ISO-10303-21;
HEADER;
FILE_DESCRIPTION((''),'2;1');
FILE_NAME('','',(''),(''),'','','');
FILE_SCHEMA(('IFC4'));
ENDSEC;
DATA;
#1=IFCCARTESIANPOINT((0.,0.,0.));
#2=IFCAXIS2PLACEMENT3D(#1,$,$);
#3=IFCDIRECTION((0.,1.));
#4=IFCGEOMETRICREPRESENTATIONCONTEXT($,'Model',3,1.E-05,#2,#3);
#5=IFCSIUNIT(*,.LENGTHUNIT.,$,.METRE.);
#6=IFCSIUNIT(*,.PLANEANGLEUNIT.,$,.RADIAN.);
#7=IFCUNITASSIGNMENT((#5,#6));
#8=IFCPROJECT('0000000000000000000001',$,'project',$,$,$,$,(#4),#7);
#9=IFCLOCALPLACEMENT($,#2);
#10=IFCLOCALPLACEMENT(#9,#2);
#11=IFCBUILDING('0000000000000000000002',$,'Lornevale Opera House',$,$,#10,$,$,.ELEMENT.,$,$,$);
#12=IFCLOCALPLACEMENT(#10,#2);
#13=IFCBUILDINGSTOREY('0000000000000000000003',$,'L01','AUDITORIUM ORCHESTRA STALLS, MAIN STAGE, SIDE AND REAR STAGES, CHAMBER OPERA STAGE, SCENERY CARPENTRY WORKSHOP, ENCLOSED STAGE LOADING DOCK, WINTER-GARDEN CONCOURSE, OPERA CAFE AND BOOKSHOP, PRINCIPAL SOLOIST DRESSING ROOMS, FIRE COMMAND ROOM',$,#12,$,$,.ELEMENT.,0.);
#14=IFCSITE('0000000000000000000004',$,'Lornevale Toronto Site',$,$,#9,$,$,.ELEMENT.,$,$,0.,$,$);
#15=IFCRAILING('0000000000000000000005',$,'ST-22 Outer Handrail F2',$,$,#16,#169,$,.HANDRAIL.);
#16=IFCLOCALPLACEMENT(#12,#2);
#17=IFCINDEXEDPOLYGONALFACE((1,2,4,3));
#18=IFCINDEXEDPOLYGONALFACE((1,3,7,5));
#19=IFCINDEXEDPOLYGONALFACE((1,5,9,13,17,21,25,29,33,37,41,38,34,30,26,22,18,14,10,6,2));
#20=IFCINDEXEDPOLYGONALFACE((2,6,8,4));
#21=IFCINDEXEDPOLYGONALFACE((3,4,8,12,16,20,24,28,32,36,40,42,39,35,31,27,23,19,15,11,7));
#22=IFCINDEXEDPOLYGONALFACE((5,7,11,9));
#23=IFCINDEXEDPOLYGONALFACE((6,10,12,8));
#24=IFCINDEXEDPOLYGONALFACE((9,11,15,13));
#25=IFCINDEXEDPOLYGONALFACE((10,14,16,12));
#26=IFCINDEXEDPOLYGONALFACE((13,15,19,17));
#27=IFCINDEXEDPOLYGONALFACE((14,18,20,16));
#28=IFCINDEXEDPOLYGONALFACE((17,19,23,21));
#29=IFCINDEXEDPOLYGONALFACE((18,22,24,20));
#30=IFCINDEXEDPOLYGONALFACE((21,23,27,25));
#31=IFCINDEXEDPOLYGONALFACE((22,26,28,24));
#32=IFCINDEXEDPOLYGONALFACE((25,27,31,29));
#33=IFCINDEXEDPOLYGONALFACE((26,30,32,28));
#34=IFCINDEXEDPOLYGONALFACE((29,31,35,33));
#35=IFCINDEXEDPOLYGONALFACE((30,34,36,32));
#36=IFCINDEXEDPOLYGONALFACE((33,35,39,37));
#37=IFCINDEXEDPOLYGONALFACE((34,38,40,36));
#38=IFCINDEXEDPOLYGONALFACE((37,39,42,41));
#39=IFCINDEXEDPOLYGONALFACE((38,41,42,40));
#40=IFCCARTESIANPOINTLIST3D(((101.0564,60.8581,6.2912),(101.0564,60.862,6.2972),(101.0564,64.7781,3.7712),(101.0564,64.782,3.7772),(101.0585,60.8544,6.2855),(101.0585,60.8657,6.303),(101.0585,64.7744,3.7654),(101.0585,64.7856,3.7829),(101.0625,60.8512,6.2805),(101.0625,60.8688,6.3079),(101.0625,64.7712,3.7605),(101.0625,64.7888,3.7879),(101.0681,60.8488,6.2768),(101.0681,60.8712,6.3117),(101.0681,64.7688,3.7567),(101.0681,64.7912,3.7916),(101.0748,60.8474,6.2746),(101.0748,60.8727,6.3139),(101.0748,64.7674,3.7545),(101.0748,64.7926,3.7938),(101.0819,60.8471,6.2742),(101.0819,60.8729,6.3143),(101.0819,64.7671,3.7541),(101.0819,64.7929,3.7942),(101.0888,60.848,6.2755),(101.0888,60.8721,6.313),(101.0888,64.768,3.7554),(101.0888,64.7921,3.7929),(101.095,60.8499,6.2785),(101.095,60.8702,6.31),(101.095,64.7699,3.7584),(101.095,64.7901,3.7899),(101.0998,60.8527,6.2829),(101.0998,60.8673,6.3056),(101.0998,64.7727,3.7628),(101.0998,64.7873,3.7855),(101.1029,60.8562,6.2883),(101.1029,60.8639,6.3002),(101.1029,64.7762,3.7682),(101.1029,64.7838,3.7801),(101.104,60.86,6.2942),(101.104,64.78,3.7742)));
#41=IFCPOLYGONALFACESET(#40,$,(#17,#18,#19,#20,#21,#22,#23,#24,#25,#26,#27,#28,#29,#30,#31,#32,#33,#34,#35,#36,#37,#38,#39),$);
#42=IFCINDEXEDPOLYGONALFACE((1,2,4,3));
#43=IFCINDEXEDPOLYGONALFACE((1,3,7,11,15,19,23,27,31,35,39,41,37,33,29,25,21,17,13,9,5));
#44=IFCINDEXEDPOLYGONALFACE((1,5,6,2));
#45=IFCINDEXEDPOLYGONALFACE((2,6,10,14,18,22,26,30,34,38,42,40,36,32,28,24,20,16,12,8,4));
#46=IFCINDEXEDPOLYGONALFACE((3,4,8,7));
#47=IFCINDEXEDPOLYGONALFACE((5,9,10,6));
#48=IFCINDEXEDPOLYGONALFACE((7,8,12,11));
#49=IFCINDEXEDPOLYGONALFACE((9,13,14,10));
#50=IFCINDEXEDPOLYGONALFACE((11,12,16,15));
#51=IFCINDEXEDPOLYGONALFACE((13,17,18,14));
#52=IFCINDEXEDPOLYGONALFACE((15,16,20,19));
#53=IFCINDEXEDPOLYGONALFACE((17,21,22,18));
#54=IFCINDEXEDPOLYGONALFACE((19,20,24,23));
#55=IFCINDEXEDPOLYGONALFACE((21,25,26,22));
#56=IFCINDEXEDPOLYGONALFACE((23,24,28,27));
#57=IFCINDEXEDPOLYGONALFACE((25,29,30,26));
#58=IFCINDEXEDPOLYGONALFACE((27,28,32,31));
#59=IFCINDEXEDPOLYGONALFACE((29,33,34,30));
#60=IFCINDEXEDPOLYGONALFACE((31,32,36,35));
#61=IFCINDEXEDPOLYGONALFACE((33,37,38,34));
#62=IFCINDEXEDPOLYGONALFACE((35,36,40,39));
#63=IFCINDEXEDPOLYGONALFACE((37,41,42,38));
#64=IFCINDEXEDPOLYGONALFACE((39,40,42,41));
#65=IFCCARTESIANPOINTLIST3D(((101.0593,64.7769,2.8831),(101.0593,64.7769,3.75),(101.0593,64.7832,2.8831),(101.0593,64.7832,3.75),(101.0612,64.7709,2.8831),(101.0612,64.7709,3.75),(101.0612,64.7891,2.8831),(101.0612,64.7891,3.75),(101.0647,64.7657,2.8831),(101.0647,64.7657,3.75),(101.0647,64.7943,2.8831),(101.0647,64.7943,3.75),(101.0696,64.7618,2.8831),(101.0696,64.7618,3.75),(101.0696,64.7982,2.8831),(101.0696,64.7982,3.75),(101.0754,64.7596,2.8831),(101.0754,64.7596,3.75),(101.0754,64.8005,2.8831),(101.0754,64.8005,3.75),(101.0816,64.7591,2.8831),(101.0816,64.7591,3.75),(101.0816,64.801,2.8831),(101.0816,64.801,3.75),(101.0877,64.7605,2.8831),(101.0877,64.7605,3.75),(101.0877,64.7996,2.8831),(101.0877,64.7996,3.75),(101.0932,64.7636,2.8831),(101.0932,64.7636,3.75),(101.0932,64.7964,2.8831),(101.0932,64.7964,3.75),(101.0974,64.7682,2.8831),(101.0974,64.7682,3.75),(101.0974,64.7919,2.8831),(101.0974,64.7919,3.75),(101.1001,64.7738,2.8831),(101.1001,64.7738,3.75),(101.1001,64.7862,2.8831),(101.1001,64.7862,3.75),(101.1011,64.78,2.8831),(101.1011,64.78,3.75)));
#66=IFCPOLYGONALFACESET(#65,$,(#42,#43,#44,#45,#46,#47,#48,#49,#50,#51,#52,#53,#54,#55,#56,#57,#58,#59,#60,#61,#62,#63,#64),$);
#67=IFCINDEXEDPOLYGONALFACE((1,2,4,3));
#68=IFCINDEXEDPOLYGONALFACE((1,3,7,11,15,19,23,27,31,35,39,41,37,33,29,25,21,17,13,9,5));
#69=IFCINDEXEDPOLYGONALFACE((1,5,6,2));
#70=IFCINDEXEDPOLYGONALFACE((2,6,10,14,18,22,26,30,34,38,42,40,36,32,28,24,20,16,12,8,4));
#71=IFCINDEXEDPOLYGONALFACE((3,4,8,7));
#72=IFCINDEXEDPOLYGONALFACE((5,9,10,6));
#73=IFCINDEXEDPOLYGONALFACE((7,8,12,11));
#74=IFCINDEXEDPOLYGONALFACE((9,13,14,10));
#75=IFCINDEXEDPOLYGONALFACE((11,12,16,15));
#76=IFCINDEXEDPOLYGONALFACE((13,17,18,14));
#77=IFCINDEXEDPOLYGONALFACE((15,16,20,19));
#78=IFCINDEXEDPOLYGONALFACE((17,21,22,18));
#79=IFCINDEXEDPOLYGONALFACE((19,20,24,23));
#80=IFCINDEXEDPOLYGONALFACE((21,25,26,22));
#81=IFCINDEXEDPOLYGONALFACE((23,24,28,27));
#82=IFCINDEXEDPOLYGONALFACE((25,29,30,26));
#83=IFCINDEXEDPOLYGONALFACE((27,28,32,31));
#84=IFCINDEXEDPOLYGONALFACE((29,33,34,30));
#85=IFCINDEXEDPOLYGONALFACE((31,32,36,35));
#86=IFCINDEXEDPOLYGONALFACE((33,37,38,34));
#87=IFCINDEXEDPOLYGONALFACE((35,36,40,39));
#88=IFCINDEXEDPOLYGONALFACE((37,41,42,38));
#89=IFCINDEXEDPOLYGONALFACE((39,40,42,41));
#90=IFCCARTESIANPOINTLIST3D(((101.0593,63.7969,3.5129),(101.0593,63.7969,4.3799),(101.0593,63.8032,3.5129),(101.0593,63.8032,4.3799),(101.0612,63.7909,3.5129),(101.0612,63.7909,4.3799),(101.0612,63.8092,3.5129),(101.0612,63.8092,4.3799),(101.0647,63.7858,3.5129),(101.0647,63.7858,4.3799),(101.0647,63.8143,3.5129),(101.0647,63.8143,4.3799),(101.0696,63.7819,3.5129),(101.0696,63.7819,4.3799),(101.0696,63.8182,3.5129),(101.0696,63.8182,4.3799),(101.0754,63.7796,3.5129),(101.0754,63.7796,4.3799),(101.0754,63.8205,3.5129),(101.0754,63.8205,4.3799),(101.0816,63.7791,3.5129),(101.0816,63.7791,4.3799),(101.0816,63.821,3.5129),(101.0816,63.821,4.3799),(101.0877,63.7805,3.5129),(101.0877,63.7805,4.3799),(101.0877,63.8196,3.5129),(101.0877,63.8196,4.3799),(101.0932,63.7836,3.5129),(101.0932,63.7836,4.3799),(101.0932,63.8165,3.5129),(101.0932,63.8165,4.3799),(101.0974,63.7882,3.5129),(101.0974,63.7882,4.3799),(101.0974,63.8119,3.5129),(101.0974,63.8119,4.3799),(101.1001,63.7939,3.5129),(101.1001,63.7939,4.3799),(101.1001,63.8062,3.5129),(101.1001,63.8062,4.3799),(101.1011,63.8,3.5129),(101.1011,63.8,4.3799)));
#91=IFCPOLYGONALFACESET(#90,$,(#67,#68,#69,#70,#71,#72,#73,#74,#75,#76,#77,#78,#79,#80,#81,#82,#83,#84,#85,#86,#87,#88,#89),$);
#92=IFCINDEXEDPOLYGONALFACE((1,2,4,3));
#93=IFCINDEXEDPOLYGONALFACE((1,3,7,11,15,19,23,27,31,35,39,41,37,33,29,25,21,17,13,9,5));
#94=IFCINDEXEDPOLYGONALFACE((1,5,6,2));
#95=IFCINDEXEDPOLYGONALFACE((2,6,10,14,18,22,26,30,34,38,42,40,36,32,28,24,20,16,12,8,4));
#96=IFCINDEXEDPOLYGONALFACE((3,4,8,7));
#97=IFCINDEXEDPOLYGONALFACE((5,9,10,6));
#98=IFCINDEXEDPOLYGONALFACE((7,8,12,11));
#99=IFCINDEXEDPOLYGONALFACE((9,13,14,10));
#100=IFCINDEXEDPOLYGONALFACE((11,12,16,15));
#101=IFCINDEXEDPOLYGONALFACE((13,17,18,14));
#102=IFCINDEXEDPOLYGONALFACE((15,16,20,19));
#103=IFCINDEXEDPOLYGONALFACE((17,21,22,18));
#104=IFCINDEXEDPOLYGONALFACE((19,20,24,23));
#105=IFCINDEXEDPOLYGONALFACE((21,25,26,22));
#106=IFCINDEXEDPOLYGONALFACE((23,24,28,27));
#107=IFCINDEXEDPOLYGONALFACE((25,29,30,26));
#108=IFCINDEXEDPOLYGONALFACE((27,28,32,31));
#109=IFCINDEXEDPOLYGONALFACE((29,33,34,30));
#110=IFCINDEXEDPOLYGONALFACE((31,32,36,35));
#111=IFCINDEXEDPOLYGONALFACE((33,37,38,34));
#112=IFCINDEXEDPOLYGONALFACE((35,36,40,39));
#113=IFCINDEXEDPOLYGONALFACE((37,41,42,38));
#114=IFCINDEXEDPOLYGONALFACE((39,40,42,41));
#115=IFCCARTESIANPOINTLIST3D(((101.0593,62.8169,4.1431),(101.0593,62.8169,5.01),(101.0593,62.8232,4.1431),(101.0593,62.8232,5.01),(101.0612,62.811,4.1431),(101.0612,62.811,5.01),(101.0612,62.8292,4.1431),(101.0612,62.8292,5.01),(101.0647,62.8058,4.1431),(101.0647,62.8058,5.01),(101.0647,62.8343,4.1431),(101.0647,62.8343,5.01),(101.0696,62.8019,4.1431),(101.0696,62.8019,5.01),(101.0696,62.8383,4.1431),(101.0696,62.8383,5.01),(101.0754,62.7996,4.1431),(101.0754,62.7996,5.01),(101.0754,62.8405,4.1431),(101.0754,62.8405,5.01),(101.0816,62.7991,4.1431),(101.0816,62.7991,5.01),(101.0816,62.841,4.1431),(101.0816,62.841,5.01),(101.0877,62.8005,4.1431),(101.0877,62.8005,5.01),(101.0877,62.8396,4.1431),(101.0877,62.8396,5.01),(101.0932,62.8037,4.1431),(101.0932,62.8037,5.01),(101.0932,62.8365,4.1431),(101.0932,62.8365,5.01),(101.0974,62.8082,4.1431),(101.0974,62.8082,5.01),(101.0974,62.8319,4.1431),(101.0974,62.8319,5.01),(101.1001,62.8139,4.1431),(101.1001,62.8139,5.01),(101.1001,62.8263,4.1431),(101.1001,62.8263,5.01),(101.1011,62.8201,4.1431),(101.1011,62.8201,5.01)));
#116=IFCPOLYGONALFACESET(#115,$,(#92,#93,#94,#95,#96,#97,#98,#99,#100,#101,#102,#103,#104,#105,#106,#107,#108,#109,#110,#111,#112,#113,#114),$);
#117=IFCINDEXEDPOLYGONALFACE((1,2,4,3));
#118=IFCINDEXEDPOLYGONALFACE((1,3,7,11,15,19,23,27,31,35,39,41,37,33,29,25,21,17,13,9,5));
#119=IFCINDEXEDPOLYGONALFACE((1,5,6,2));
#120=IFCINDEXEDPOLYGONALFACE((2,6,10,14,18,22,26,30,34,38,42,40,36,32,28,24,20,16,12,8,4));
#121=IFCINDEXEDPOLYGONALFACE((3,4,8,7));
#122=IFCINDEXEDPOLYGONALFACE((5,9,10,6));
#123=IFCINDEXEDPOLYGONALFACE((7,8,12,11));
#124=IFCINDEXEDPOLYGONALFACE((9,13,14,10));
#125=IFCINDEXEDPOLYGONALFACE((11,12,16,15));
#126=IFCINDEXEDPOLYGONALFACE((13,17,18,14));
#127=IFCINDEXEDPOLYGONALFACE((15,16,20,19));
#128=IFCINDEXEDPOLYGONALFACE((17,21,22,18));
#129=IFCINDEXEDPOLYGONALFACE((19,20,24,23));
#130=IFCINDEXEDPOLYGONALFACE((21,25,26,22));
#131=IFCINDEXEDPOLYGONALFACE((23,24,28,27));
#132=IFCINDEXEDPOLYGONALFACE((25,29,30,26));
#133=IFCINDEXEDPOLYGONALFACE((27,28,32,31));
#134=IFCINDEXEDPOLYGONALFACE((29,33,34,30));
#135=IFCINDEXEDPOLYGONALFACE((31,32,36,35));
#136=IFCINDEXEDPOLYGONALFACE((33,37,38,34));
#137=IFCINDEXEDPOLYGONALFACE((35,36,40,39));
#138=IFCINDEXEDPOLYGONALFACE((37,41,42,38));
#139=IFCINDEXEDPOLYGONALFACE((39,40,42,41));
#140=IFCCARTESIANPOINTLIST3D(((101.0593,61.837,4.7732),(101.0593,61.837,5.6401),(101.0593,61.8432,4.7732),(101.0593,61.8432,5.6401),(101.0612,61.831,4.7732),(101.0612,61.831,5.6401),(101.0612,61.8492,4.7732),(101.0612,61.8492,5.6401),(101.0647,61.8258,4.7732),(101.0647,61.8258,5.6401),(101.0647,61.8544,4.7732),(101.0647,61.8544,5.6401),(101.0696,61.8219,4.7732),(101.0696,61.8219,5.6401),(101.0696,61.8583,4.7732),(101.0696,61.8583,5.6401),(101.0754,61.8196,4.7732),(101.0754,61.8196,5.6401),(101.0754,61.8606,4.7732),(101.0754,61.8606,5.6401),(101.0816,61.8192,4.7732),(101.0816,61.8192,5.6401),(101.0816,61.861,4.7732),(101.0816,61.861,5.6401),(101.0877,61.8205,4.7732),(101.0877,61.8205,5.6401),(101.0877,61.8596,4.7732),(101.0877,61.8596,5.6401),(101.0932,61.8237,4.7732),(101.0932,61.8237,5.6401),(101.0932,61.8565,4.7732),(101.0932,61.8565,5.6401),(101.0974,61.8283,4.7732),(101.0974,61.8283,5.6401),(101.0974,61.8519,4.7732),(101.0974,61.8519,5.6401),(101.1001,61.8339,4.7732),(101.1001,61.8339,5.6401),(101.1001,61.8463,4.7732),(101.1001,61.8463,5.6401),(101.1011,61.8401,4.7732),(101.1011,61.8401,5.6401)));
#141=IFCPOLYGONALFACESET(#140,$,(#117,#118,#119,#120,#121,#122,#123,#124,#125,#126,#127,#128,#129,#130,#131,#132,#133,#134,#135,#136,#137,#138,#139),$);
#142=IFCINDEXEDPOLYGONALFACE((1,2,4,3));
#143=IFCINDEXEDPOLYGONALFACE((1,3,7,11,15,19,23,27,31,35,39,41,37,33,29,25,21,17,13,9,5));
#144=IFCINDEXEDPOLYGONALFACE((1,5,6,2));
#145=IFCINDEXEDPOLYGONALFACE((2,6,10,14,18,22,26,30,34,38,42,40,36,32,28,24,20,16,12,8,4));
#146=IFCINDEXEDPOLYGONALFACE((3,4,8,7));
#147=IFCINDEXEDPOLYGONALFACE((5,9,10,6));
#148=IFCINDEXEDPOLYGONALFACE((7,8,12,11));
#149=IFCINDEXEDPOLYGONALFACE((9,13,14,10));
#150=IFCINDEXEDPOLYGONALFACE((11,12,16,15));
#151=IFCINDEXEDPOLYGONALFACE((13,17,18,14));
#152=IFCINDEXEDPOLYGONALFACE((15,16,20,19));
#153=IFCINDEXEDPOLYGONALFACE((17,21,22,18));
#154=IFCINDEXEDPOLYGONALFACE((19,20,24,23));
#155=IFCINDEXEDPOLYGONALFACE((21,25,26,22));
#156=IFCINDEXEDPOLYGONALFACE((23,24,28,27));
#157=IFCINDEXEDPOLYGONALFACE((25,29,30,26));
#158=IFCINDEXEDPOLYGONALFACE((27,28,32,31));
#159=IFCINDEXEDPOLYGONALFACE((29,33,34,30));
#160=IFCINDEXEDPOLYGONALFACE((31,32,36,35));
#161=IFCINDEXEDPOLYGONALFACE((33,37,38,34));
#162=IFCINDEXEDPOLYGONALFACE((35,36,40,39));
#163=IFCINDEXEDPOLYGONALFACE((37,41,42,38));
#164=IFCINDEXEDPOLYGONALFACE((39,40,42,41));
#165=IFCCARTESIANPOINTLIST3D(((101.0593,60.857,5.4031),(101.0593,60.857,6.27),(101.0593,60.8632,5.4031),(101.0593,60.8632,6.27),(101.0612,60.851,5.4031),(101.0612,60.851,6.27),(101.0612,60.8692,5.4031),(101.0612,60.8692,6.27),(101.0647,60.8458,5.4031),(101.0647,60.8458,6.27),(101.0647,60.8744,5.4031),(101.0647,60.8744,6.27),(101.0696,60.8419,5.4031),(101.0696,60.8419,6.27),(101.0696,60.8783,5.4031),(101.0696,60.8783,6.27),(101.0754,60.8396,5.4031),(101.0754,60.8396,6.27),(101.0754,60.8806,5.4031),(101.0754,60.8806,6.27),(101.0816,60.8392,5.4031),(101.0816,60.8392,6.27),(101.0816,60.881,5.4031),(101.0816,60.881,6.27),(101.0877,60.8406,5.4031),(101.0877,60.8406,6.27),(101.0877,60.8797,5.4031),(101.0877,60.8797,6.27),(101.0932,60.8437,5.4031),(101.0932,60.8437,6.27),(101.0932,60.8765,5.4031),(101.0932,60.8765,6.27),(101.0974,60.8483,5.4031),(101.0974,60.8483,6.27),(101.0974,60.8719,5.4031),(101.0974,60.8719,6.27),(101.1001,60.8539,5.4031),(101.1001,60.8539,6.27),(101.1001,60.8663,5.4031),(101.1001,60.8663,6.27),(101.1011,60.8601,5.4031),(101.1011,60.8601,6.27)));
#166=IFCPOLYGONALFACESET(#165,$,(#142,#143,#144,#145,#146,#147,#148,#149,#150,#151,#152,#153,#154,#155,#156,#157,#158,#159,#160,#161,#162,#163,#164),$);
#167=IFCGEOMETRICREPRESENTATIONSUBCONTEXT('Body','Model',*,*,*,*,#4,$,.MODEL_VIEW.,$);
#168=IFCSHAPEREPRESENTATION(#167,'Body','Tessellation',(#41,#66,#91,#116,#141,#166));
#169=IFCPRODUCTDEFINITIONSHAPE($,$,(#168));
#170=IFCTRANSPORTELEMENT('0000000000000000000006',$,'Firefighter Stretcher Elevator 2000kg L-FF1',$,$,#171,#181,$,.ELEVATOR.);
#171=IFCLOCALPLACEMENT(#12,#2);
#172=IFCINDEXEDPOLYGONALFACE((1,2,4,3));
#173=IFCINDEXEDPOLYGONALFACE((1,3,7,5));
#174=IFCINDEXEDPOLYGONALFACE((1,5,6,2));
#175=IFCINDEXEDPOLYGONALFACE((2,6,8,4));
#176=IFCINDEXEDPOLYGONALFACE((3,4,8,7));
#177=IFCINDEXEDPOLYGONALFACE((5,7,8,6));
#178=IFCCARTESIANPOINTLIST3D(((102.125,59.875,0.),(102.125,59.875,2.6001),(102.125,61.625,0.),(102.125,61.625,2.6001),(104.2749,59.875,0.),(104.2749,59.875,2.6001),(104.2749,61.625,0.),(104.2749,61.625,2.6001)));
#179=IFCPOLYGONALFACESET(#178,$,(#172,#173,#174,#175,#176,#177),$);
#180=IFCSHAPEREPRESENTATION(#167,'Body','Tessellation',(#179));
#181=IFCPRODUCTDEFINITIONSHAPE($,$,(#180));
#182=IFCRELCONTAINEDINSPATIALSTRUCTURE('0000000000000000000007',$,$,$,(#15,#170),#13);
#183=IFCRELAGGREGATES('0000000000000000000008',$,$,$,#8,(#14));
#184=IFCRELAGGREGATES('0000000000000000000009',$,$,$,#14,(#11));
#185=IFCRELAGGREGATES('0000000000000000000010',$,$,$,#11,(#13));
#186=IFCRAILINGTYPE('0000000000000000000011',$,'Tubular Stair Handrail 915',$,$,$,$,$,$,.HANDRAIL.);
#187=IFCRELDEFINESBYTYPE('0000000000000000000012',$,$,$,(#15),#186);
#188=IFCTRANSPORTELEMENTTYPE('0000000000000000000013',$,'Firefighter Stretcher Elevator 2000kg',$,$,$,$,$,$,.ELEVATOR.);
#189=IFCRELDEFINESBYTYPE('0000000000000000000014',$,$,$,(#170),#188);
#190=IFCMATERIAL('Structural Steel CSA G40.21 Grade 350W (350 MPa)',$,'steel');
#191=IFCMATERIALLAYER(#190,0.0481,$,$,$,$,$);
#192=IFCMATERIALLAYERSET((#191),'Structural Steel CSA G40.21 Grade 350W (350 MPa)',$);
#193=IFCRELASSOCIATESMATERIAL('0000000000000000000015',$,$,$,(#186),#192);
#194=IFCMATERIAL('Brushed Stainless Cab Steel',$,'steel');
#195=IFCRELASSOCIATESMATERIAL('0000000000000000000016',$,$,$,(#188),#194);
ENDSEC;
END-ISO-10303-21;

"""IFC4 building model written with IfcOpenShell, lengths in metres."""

from ifc_helpers import new_model, si_unit, direction, frame, origin, origin_2d, place, context, subcontext, project, spatial, rectangle, circle, extrude, material, layer, layer_set, type_object, element, save


model = new_model("IFC4")

# Units and contexts
model_context = context("Model", 3, precision=1e-05, world=origin(), true_north=direction((0.0, 1.0)))
body_context = subcontext(model_context, "Body", "Model", "MODEL_VIEW")
ifc_project = project(units=[si_unit("LENGTHUNIT", "METRE"), si_unit("PLANEANGLEUNIT", "RADIAN")], contexts=[model_context])

# Site, building, storey
site_placement = place(None, origin())
site = spatial("IfcSite", under=ifc_project, at=site_placement, Name="Lornevale Toronto Site", CompositionType="ELEMENT", RefElevation=0.0)
building_placement = place(site_placement, origin())
building = spatial("IfcBuilding", under=site, at=building_placement, Name="Lornevale Opera House", CompositionType="ELEMENT")
storey_placement = place(building_placement, origin())
storey = spatial("IfcBuildingStorey", under=building, at=storey_placement, Name="L01", Description="AUDITORIUM ORCHESTRA STALLS, MAIN STAGE, SIDE AND REAR STAGES, CHAMBER OPERA STAGE, SCENERY CARPENTRY WORKSHOP, ENCLOSED STAGE LOADING DOCK, WINTER-GARDEN CONCOURSE, OPERA CAFE AND BOOKSHOP, PRINCIPAL SOLOIST DRESSING ROOMS, FIRE COMMAND ROOM", CompositionType="ELEMENT", Elevation=0.0)

# Railing
ifc_material_1 = material(Name="Structural Steel CSA G40.21 Grade 350W (350 MPa)", Category="steel")
ifc_layer_1 = layer(ifc_material_1, 0.0481)
ifc_layer_set_1 = layer_set([ifc_layer_1], Name="Structural Steel CSA G40.21 Grade 350W (350 MPa)")
railing_type_1 = type_object("IfcRailingType", Name="Tubular Stair Handrail 915", PredefinedType="HANDRAIL", material=ifc_layer_set_1)
railing_1_placement = place(storey_placement, frame((101.0801, 64.78, 2.8831)))
element("IfcRailing", 1, at=railing_1_placement, inside=storey, type_object=railing_type_1, Name="ST-22 Outer Handrail F2", PredefinedType="HANDRAIL", context=body_context, shape_type="SweptSolid", body=[
    extrude(circle(Radius=0.0239, at=origin_2d()), frame((0.0, 0.0, 0.8911), z_axis=(0.0, -0.841172, 0.540768), x_axis=(1.0, 0.0, 0.0)), (0.0, 0.0, 1.0), 4.6602),
    extrude(circle(Radius=0.021, at=origin_2d()), origin(), (0.0, 0.0, 1.0), 0.8669),
    extrude(circle(Radius=0.021, at=origin_2d()), frame((0.0, -0.98, 0.6299)), (0.0, 0.0, 1.0), 0.8669),
    extrude(circle(Radius=0.021, at=origin_2d()), frame((0.0, -1.96, 1.26)), (0.0, 0.0, 1.0), 0.8669),
    extrude(circle(Radius=0.021, at=origin_2d()), frame((0.0, -2.9399, 1.8901)), (0.0, 0.0, 1.0), 0.8669),
    extrude(circle(Radius=0.021, at=origin_2d()), frame((0.0, -3.9199, 2.52)), (0.0, 0.0, 1.0), 0.8669),
])

# Transport element
ifc_material_2 = material(Name="Brushed Stainless Cab Steel", Category="steel")
transport_element_type = type_object("IfcTransportElementType", Name="Firefighter Stretcher Elevator 2000kg", PredefinedType="ELEVATOR", material=ifc_material_2)
transport_element_placement = place(storey_placement, frame((103.2, 60.75, 0.0), z_axis=(0.0, 0.0, 1.0), x_axis=(1.0, 0.0, 0.0)))
element("IfcTransportElement", 2, at=transport_element_placement, inside=storey, type_object=transport_element_type, Name="Firefighter Stretcher Elevator 2000kg L-FF1", PredefinedType="ELEVATOR", context=body_context, shape_type="SweptSolid", body=[
    extrude(rectangle(XDim=2.1499, YDim=1.75, at=origin_2d()), origin(), (0.0, 0.0, 1.0), 2.6001),
])

save(model, "model.ifc")
